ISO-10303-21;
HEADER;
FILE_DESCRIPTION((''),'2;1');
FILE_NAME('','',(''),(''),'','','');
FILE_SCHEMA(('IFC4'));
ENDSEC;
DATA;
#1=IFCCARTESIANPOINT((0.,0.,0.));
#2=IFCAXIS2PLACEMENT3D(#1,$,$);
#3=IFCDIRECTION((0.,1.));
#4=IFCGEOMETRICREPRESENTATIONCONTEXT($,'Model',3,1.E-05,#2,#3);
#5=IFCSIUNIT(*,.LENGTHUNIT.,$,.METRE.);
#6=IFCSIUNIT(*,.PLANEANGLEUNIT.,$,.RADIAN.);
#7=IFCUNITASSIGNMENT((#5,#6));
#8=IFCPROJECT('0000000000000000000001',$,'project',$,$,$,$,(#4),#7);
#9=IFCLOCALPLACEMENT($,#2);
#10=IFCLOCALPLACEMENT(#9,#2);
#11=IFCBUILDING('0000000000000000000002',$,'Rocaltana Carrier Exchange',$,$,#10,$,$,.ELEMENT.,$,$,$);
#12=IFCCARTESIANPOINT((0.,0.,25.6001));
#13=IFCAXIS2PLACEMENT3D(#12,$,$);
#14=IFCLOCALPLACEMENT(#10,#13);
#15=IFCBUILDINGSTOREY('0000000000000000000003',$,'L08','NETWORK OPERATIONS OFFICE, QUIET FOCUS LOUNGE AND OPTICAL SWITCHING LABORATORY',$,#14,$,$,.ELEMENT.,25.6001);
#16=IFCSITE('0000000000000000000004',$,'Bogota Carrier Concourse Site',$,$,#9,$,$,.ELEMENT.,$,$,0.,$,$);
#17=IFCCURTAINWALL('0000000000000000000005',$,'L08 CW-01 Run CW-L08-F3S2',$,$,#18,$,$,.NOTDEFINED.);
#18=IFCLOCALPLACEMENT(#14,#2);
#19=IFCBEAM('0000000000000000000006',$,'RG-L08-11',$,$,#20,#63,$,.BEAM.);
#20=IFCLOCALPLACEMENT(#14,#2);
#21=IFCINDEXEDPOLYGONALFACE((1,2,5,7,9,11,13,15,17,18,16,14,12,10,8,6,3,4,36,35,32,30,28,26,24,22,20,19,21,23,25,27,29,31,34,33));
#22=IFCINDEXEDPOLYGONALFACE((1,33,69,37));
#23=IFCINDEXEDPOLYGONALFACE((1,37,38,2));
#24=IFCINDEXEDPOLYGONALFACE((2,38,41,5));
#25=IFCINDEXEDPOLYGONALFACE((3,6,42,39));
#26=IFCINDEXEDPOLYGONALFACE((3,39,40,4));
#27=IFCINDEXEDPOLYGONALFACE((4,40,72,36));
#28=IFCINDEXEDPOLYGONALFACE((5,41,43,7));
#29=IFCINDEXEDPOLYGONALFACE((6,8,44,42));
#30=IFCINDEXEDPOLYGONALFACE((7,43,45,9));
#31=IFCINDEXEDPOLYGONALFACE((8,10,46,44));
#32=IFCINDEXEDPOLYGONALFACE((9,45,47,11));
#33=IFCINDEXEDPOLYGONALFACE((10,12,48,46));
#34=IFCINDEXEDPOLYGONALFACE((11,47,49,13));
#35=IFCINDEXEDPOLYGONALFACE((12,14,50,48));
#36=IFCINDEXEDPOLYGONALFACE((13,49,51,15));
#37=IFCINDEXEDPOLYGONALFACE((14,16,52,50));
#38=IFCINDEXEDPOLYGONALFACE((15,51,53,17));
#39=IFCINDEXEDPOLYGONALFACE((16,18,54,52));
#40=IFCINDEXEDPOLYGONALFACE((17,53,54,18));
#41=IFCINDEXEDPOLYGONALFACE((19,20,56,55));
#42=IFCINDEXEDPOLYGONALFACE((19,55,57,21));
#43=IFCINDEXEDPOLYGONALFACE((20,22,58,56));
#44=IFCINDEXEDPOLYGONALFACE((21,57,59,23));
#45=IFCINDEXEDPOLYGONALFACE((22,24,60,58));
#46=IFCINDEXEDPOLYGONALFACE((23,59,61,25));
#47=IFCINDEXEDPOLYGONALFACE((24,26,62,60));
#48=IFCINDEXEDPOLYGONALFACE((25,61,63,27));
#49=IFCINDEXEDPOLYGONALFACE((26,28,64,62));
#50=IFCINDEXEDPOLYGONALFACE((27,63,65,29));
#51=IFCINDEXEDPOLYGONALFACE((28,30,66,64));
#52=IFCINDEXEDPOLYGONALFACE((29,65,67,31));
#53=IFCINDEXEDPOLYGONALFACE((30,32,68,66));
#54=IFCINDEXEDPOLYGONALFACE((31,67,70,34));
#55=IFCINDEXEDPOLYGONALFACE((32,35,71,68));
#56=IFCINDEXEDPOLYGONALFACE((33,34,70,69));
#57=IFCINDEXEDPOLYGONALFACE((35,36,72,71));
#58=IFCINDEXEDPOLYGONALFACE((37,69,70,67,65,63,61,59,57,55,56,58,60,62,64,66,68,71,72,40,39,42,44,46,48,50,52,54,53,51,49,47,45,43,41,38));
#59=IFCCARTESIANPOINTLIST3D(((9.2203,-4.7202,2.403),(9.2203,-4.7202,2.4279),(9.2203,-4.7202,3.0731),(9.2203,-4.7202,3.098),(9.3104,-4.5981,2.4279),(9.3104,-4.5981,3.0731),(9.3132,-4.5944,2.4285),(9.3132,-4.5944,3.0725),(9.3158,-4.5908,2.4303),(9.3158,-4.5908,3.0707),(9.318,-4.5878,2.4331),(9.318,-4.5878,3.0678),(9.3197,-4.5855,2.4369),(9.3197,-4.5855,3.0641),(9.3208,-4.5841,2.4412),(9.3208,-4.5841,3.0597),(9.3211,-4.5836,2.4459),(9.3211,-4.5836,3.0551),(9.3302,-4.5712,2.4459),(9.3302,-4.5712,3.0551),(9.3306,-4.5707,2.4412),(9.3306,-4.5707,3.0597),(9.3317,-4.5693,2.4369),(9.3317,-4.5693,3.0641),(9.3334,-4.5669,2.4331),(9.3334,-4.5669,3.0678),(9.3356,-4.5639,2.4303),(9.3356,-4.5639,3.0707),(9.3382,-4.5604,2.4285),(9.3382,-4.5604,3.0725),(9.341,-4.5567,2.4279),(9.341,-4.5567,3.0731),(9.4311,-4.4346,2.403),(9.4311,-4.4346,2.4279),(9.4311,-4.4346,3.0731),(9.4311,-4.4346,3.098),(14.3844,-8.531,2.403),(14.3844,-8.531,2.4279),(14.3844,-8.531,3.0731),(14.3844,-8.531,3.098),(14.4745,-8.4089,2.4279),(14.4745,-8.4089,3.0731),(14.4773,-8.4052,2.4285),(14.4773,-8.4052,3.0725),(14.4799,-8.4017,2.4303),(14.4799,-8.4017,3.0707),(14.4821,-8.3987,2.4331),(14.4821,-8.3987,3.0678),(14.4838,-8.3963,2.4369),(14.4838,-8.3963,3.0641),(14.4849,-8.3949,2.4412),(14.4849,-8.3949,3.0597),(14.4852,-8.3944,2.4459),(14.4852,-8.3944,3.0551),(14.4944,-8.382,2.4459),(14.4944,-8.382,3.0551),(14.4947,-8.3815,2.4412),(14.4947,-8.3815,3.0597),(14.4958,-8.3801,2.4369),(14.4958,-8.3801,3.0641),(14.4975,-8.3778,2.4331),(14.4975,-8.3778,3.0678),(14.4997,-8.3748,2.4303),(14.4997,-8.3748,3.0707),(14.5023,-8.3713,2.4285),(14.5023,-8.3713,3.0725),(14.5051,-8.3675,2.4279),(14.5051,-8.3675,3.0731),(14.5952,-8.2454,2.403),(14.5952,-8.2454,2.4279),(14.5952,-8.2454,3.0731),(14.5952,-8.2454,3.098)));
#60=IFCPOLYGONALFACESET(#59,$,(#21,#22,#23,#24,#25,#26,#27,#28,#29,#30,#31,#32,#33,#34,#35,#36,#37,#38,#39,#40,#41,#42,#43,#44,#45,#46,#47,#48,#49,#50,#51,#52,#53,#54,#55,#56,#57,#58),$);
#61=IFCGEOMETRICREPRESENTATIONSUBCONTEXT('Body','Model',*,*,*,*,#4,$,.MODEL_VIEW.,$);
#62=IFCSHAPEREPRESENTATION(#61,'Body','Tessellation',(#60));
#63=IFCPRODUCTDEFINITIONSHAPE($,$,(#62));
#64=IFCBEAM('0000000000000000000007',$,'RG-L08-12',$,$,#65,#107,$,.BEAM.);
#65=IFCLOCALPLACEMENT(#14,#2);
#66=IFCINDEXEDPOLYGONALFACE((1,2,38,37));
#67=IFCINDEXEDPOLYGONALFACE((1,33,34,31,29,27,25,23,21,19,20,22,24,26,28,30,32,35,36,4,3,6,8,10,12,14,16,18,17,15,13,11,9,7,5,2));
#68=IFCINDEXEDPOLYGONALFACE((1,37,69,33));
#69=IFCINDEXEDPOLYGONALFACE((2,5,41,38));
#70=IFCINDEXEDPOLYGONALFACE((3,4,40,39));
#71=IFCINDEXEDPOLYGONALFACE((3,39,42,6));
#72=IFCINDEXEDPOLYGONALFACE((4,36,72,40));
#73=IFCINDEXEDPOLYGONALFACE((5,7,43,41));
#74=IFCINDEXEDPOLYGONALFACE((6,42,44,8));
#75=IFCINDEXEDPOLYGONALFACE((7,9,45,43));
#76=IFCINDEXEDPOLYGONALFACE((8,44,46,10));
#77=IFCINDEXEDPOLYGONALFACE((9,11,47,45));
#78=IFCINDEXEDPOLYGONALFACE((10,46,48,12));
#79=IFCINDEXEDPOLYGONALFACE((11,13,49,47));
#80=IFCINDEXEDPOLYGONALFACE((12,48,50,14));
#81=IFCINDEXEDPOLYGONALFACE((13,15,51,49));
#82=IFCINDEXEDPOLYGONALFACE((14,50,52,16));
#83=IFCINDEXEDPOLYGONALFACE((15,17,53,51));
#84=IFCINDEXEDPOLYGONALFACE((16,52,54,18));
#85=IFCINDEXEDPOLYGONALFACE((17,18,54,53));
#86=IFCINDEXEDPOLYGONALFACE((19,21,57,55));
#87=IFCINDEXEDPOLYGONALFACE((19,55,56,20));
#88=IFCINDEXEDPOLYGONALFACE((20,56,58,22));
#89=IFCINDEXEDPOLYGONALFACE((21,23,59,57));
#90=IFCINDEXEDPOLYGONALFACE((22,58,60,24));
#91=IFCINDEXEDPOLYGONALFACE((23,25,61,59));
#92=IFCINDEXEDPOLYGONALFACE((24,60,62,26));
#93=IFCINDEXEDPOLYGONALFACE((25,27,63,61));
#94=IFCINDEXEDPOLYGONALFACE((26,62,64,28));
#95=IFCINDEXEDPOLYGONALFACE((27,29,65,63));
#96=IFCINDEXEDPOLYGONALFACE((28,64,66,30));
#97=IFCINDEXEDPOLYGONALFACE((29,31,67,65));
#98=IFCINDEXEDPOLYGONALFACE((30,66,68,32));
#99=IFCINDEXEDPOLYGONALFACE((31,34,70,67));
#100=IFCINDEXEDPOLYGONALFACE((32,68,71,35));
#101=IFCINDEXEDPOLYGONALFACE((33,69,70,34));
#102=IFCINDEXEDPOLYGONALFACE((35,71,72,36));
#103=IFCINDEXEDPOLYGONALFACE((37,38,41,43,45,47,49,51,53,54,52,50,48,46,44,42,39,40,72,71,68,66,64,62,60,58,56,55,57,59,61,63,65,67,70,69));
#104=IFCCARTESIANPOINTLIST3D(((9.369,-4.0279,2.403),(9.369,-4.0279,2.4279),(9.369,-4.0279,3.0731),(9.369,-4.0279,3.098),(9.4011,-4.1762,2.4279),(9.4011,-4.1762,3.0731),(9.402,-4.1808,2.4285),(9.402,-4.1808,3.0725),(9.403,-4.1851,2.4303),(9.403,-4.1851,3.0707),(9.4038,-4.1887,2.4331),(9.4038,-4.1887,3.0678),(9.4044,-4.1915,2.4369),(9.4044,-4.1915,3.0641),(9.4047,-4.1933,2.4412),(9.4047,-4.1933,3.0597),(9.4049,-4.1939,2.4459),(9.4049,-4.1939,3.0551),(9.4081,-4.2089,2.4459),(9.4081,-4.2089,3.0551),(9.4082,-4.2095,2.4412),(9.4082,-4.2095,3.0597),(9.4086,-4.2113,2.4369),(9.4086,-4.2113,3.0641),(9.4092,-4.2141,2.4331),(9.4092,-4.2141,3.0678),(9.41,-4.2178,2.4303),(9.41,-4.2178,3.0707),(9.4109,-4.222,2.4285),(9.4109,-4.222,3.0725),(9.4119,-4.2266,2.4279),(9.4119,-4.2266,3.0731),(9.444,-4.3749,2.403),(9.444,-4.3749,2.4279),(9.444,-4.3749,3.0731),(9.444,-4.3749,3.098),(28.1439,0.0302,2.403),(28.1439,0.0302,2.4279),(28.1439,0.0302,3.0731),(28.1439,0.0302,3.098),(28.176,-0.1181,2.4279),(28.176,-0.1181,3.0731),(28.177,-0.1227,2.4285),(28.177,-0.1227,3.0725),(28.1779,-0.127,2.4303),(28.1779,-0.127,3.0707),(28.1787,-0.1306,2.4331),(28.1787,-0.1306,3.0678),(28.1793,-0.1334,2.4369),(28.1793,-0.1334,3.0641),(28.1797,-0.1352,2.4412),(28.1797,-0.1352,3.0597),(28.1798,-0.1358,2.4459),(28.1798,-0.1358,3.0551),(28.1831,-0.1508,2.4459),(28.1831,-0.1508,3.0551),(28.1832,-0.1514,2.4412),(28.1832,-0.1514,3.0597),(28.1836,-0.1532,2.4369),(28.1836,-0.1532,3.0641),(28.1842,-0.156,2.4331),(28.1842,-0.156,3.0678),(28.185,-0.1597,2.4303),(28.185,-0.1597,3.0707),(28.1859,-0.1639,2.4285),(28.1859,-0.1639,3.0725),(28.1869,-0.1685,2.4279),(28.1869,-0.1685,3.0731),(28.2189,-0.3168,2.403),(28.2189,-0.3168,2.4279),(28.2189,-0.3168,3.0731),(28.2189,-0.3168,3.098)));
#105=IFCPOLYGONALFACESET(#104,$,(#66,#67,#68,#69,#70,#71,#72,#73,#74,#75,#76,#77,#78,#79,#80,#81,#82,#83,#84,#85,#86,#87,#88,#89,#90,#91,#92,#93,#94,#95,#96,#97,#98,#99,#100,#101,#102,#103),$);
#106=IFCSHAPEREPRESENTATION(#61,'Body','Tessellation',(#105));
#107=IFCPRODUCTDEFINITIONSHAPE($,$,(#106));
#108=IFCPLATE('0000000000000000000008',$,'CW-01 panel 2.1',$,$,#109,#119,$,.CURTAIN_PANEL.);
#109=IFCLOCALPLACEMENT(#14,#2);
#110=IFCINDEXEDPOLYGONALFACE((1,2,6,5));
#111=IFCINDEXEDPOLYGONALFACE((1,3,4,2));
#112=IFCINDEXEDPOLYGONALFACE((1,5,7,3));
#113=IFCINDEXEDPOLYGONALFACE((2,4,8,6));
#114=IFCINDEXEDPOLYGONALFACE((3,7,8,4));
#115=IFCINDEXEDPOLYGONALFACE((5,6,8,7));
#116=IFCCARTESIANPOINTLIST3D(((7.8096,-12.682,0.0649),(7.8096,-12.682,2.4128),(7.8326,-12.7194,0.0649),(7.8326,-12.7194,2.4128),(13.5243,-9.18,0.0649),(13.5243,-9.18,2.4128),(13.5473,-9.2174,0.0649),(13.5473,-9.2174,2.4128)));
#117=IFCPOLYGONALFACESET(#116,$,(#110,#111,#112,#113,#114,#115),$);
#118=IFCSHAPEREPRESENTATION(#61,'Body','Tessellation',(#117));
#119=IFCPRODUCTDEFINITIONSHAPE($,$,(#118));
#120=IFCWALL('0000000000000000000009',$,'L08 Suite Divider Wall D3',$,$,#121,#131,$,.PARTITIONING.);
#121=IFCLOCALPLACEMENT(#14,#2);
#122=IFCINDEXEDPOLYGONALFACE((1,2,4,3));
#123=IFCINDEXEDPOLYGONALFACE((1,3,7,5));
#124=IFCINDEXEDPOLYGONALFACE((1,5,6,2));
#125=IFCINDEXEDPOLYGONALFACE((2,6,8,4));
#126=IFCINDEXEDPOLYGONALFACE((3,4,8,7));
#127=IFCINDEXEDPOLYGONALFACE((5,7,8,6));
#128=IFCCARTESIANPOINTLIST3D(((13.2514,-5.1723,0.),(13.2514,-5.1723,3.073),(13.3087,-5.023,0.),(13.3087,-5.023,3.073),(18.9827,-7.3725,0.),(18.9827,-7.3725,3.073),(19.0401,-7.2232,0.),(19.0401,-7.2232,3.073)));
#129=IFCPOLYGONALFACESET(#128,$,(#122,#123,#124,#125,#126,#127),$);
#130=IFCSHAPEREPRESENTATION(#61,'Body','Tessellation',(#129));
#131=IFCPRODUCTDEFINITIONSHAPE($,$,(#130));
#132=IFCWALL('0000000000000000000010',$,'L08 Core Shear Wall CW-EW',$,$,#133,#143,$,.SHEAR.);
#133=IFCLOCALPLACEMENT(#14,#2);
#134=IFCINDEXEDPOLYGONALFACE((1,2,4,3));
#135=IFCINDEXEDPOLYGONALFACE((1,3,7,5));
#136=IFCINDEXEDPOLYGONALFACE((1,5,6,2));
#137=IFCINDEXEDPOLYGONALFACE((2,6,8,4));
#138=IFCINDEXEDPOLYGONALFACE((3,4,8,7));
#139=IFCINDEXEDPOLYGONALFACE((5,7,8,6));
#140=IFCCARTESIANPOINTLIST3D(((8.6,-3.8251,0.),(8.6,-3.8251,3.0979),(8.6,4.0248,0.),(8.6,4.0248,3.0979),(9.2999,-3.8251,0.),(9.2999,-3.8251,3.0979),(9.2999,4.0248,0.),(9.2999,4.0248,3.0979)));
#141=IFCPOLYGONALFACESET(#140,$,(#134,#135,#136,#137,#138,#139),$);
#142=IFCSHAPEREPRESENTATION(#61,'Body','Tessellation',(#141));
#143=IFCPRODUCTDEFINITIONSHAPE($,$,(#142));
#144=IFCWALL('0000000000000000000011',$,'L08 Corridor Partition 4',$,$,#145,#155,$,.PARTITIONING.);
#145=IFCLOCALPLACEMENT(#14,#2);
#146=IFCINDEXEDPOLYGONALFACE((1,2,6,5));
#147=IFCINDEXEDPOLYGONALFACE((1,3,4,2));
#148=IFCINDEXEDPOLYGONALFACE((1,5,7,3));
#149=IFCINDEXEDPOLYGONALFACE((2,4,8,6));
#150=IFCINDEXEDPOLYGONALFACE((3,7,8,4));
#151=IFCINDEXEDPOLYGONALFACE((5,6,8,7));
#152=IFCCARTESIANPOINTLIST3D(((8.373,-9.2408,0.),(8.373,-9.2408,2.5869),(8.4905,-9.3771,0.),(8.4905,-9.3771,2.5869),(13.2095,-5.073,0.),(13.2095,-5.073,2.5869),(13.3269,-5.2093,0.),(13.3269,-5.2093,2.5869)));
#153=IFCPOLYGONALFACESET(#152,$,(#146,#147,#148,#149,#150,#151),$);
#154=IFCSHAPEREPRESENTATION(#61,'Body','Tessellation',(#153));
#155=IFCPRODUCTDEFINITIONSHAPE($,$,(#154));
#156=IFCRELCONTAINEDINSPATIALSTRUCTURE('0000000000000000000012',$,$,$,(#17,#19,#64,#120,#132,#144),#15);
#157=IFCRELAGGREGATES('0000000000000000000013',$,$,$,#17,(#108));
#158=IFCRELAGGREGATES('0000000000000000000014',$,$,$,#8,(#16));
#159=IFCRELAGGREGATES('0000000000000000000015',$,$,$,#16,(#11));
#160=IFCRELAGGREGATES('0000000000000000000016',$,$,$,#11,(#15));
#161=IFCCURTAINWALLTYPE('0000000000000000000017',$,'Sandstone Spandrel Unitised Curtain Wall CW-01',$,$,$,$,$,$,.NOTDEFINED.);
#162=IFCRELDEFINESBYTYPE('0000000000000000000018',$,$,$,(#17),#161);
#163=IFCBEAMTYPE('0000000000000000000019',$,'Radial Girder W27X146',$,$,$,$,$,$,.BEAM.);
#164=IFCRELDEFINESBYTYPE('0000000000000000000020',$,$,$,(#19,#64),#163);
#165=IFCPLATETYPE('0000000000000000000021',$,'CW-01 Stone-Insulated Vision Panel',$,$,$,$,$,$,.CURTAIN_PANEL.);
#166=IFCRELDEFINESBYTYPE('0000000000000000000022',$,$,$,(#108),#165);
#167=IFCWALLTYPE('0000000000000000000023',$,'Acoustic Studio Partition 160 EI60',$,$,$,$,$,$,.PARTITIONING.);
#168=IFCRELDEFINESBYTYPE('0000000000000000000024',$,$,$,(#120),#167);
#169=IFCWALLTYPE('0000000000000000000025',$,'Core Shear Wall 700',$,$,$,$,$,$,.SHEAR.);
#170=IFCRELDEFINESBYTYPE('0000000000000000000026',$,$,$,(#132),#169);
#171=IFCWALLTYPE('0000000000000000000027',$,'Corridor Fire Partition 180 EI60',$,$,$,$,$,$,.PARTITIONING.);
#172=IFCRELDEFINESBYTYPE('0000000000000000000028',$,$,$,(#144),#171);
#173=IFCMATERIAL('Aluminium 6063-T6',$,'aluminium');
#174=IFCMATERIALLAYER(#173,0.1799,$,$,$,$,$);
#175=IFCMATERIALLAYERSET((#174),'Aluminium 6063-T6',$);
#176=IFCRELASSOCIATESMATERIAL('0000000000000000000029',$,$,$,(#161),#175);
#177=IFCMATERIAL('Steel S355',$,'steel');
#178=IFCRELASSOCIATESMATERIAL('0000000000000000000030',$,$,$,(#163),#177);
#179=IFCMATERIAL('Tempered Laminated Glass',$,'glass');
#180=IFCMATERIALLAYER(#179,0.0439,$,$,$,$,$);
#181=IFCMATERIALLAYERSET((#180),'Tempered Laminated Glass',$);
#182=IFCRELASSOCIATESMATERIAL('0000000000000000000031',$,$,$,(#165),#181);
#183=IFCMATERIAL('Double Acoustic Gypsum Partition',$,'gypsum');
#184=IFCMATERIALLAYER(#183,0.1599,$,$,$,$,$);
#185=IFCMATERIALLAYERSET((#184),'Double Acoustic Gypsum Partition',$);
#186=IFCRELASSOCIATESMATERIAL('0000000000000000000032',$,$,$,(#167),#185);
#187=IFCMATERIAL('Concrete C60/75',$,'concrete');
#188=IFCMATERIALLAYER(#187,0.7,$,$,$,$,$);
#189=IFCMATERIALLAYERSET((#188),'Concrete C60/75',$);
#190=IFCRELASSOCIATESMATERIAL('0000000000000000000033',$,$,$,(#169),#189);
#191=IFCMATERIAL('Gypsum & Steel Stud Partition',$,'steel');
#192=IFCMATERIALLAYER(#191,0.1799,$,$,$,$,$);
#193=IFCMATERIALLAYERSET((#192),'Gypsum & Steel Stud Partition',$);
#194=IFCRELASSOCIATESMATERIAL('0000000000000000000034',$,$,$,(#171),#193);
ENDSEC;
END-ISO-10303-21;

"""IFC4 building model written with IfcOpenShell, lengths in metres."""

from ifc_helpers import new_model, si_unit, direction, frame, frame_2d, origin, origin_2d, place, context, subcontext, project, spatial, rectangle, i_section, extrude, material, layer, layer_set, material_profile, profile_set, type_object, element, aggregate, save


model = new_model("IFC4")

# Units and contexts
model_context = context("Model", 3, precision=1e-05, world=origin(), true_north=direction((0.0, 1.0)))
body_context = subcontext(model_context, "Body", "Model", "MODEL_VIEW")
ifc_project = project(units=[si_unit("LENGTHUNIT", "METRE"), si_unit("PLANEANGLEUNIT", "RADIAN")], contexts=[model_context])

# Site, building, storey
site_placement = place(None, origin())
site = spatial("IfcSite", under=ifc_project, at=site_placement, Name="Bogota Carrier Concourse Site", CompositionType="ELEMENT", RefElevation=0.0)
building_placement = place(site_placement, origin())
building = spatial("IfcBuilding", under=site, at=building_placement, Name="Rocaltana Carrier Exchange", CompositionType="ELEMENT")
storey_placement = place(building_placement, frame((0.0, 0.0, 25.6001)))
storey = spatial("IfcBuildingStorey", under=building, at=storey_placement, Name="L08", Description="NETWORK OPERATIONS OFFICE, QUIET FOCUS LOUNGE AND OPTICAL SWITCHING LABORATORY", CompositionType="ELEMENT", Elevation=25.6001)

# Curtain wall
ifc_material_1 = material(Name="Aluminium 6063-T6", Category="aluminium")
ifc_layer_1 = layer(ifc_material_1, 0.1799)
ifc_layer_set_1 = layer_set([ifc_layer_1], Name="Aluminium 6063-T6")
curtain_wall_type = type_object("IfcCurtainWallType", Name="Sandstone Spandrel Unitised Curtain Wall CW-01", PredefinedType="NOTDEFINED", material=ifc_layer_set_1)
curtain_wall_placement = place(storey_placement, origin())
curtain_wall = element("IfcCurtainWall", 1, at=curtain_wall_placement, inside=storey, type_object=curtain_wall_type, Name="L08 CW-01 Run CW-L08-F3S2", PredefinedType="NOTDEFINED")

# Beams
ifc_material_2 = material(Name="Steel S355", Category="steel")
ifc_material_profile_1 = material_profile(ifc_material_2, i_section(OverallWidth=0.355, OverallDepth=0.6951, WebThickness=0.0154, FlangeThickness=0.0249, FilletRadius=0.0181, at=origin_2d()), Name="W27X146")
ifc_profile_set_1 = profile_set([ifc_material_profile_1], Name="Steel S355")
beam_type_1 = type_object("IfcBeamType", Name="Radial Girder W27X146", PredefinedType="BEAM", material=ifc_profile_set_1)
beam_1_placement = place(storey_placement, frame((9.3257, -4.5774, 2.7505), z_axis=(0.804632, -0.593774, 0.0), x_axis=(0.593774, 0.804632, 0.0)))
element("IfcBeam", 2, at=beam_1_placement, inside=storey, type_object=beam_type_1, Name="RG-L08-11", PredefinedType="BEAM", context=body_context, shape_type="SweptSolid", body=[
    extrude(i_section(OverallWidth=0.355, OverallDepth=0.6951, WebThickness=0.0154, FlangeThickness=0.0249, FilletRadius=0.0181, at=origin_2d()), origin(), (0.0, 0.0, 1.0), 6.418),
])
beam_2_placement = place(storey_placement, frame((9.4065, -4.2014, 2.7505), z_axis=(0.977428, 0.211267, 0.0), x_axis=(-0.211267, 0.977428, 0.0)))
element("IfcBeam", 3, at=beam_2_placement, inside=storey, type_object=beam_type_1, Name="RG-L08-12", PredefinedType="BEAM", context=body_context, shape_type="SweptSolid", body=[
    extrude(i_section(OverallWidth=0.355, OverallDepth=0.6951, WebThickness=0.0154, FlangeThickness=0.0249, FilletRadius=0.0181, at=origin_2d()), origin(), (0.0, 0.0, 1.0), 19.2085),
])

# Plate
ifc_material_3 = material(Name="Tempered Laminated Glass", Category="glass")
ifc_layer_2 = layer(ifc_material_3, 0.0439)
ifc_layer_set_2 = layer_set([ifc_layer_2], Name="Tempered Laminated Glass")
plate_type = type_object("IfcPlateType", Name="CW-01 Stone-Insulated Vision Panel", PredefinedType="CURTAIN_PANEL", material=ifc_layer_set_2)
plate_placement = place(storey_placement, frame((10.6785, -10.9497, 0.0649), z_axis=(0.0, 0.0, 1.0), x_axis=(0.852639, 0.5225, 0.0)))
plate = element("IfcPlate", 4, at=plate_placement, type_object=plate_type, Name="CW-01 panel 2.1", PredefinedType="CURTAIN_PANEL", context=body_context, shape_type="SweptSolid", body=[
    extrude(rectangle(XDim=6.7024, YDim=0.0439, at=origin_2d()), origin(), (0.0, 0.0, 1.0), 2.3479),
])
aggregate(curtain_wall, [plate])

# Walls
ifc_material_4 = material(Name="Double Acoustic Gypsum Partition", Category="gypsum")
ifc_layer_3 = layer(ifc_material_4, 0.1599)
ifc_layer_set_3 = layer_set([ifc_layer_3], Name="Double Acoustic Gypsum Partition")
wall_type_1 = type_object("IfcWallType", Name="Acoustic Studio Partition 160 EI60", PredefinedType="PARTITIONING", material=ifc_layer_set_3)
wall_1_placement = place(storey_placement, frame((13.28, -5.0977, 0.0), z_axis=(0.0, 0.0, 1.0), x_axis=(0.933575, -0.358382, 0.0)))
element("IfcWall", 5, at=wall_1_placement, inside=storey, type_object=wall_type_1, Name="L08 Suite Divider Wall D3", PredefinedType="PARTITIONING", context=body_context, shape_type="SweptSolid", body=[
    extrude(rectangle(XDim=6.1392, YDim=0.1599, at=frame_2d((3.0696, 0.0))), origin(), (0.0, 0.0, 1.0), 3.073),
])
ifc_material_5 = material(Name="Concrete C60/75", Category="concrete")
ifc_layer_4 = layer(ifc_material_5, 0.7)
ifc_layer_set_4 = layer_set([ifc_layer_4], Name="Concrete C60/75")
wall_type_2 = type_object("IfcWallType", Name="Core Shear Wall 700", PredefinedType="SHEAR", material=ifc_layer_set_4)
wall_2_placement = place(storey_placement, frame((8.95, -3.825, 0.0), z_axis=(0.0, 0.0, 1.0), x_axis=(0.0, 1.0, 0.0)))
element("IfcWall", 6, at=wall_2_placement, inside=storey, type_object=wall_type_2, Name="L08 Core Shear Wall CW-EW", PredefinedType="SHEAR", context=body_context, shape_type="SweptSolid", body=[
    extrude(rectangle(XDim=7.8499, YDim=0.7, at=frame_2d((3.9248, 0.0))), origin(), (0.0, 0.0, 1.0), 3.0979),
])
ifc_material_6 = material(Name="Gypsum & Steel Stud Partition", Category="steel")
ifc_layer_5 = layer(ifc_material_6, 0.1799)
ifc_layer_set_5 = layer_set([ifc_layer_5], Name="Gypsum & Steel Stud Partition")
wall_type_3 = type_object("IfcWallType", Name="Corridor Fire Partition 180 EI60", PredefinedType="PARTITIONING", material=ifc_layer_set_5)
wall_3_placement = place(storey_placement, frame((13.2683, -5.1411, 0.0), z_axis=(0.0, 0.0, 1.0), x_axis=(-0.757535, -0.652795, 0.0)))
element("IfcWall", 7, at=wall_3_placement, inside=storey, type_object=wall_type_3, Name="L08 Corridor Partition 4", PredefinedType="PARTITIONING", context=body_context, shape_type="SweptSolid", body=[
    extrude(rectangle(XDim=6.3845, YDim=0.1799, at=frame_2d((3.1924, 0.0))), origin(), (0.0, 0.0, 1.0), 2.5869),
])

save(model, "model.ifc")
